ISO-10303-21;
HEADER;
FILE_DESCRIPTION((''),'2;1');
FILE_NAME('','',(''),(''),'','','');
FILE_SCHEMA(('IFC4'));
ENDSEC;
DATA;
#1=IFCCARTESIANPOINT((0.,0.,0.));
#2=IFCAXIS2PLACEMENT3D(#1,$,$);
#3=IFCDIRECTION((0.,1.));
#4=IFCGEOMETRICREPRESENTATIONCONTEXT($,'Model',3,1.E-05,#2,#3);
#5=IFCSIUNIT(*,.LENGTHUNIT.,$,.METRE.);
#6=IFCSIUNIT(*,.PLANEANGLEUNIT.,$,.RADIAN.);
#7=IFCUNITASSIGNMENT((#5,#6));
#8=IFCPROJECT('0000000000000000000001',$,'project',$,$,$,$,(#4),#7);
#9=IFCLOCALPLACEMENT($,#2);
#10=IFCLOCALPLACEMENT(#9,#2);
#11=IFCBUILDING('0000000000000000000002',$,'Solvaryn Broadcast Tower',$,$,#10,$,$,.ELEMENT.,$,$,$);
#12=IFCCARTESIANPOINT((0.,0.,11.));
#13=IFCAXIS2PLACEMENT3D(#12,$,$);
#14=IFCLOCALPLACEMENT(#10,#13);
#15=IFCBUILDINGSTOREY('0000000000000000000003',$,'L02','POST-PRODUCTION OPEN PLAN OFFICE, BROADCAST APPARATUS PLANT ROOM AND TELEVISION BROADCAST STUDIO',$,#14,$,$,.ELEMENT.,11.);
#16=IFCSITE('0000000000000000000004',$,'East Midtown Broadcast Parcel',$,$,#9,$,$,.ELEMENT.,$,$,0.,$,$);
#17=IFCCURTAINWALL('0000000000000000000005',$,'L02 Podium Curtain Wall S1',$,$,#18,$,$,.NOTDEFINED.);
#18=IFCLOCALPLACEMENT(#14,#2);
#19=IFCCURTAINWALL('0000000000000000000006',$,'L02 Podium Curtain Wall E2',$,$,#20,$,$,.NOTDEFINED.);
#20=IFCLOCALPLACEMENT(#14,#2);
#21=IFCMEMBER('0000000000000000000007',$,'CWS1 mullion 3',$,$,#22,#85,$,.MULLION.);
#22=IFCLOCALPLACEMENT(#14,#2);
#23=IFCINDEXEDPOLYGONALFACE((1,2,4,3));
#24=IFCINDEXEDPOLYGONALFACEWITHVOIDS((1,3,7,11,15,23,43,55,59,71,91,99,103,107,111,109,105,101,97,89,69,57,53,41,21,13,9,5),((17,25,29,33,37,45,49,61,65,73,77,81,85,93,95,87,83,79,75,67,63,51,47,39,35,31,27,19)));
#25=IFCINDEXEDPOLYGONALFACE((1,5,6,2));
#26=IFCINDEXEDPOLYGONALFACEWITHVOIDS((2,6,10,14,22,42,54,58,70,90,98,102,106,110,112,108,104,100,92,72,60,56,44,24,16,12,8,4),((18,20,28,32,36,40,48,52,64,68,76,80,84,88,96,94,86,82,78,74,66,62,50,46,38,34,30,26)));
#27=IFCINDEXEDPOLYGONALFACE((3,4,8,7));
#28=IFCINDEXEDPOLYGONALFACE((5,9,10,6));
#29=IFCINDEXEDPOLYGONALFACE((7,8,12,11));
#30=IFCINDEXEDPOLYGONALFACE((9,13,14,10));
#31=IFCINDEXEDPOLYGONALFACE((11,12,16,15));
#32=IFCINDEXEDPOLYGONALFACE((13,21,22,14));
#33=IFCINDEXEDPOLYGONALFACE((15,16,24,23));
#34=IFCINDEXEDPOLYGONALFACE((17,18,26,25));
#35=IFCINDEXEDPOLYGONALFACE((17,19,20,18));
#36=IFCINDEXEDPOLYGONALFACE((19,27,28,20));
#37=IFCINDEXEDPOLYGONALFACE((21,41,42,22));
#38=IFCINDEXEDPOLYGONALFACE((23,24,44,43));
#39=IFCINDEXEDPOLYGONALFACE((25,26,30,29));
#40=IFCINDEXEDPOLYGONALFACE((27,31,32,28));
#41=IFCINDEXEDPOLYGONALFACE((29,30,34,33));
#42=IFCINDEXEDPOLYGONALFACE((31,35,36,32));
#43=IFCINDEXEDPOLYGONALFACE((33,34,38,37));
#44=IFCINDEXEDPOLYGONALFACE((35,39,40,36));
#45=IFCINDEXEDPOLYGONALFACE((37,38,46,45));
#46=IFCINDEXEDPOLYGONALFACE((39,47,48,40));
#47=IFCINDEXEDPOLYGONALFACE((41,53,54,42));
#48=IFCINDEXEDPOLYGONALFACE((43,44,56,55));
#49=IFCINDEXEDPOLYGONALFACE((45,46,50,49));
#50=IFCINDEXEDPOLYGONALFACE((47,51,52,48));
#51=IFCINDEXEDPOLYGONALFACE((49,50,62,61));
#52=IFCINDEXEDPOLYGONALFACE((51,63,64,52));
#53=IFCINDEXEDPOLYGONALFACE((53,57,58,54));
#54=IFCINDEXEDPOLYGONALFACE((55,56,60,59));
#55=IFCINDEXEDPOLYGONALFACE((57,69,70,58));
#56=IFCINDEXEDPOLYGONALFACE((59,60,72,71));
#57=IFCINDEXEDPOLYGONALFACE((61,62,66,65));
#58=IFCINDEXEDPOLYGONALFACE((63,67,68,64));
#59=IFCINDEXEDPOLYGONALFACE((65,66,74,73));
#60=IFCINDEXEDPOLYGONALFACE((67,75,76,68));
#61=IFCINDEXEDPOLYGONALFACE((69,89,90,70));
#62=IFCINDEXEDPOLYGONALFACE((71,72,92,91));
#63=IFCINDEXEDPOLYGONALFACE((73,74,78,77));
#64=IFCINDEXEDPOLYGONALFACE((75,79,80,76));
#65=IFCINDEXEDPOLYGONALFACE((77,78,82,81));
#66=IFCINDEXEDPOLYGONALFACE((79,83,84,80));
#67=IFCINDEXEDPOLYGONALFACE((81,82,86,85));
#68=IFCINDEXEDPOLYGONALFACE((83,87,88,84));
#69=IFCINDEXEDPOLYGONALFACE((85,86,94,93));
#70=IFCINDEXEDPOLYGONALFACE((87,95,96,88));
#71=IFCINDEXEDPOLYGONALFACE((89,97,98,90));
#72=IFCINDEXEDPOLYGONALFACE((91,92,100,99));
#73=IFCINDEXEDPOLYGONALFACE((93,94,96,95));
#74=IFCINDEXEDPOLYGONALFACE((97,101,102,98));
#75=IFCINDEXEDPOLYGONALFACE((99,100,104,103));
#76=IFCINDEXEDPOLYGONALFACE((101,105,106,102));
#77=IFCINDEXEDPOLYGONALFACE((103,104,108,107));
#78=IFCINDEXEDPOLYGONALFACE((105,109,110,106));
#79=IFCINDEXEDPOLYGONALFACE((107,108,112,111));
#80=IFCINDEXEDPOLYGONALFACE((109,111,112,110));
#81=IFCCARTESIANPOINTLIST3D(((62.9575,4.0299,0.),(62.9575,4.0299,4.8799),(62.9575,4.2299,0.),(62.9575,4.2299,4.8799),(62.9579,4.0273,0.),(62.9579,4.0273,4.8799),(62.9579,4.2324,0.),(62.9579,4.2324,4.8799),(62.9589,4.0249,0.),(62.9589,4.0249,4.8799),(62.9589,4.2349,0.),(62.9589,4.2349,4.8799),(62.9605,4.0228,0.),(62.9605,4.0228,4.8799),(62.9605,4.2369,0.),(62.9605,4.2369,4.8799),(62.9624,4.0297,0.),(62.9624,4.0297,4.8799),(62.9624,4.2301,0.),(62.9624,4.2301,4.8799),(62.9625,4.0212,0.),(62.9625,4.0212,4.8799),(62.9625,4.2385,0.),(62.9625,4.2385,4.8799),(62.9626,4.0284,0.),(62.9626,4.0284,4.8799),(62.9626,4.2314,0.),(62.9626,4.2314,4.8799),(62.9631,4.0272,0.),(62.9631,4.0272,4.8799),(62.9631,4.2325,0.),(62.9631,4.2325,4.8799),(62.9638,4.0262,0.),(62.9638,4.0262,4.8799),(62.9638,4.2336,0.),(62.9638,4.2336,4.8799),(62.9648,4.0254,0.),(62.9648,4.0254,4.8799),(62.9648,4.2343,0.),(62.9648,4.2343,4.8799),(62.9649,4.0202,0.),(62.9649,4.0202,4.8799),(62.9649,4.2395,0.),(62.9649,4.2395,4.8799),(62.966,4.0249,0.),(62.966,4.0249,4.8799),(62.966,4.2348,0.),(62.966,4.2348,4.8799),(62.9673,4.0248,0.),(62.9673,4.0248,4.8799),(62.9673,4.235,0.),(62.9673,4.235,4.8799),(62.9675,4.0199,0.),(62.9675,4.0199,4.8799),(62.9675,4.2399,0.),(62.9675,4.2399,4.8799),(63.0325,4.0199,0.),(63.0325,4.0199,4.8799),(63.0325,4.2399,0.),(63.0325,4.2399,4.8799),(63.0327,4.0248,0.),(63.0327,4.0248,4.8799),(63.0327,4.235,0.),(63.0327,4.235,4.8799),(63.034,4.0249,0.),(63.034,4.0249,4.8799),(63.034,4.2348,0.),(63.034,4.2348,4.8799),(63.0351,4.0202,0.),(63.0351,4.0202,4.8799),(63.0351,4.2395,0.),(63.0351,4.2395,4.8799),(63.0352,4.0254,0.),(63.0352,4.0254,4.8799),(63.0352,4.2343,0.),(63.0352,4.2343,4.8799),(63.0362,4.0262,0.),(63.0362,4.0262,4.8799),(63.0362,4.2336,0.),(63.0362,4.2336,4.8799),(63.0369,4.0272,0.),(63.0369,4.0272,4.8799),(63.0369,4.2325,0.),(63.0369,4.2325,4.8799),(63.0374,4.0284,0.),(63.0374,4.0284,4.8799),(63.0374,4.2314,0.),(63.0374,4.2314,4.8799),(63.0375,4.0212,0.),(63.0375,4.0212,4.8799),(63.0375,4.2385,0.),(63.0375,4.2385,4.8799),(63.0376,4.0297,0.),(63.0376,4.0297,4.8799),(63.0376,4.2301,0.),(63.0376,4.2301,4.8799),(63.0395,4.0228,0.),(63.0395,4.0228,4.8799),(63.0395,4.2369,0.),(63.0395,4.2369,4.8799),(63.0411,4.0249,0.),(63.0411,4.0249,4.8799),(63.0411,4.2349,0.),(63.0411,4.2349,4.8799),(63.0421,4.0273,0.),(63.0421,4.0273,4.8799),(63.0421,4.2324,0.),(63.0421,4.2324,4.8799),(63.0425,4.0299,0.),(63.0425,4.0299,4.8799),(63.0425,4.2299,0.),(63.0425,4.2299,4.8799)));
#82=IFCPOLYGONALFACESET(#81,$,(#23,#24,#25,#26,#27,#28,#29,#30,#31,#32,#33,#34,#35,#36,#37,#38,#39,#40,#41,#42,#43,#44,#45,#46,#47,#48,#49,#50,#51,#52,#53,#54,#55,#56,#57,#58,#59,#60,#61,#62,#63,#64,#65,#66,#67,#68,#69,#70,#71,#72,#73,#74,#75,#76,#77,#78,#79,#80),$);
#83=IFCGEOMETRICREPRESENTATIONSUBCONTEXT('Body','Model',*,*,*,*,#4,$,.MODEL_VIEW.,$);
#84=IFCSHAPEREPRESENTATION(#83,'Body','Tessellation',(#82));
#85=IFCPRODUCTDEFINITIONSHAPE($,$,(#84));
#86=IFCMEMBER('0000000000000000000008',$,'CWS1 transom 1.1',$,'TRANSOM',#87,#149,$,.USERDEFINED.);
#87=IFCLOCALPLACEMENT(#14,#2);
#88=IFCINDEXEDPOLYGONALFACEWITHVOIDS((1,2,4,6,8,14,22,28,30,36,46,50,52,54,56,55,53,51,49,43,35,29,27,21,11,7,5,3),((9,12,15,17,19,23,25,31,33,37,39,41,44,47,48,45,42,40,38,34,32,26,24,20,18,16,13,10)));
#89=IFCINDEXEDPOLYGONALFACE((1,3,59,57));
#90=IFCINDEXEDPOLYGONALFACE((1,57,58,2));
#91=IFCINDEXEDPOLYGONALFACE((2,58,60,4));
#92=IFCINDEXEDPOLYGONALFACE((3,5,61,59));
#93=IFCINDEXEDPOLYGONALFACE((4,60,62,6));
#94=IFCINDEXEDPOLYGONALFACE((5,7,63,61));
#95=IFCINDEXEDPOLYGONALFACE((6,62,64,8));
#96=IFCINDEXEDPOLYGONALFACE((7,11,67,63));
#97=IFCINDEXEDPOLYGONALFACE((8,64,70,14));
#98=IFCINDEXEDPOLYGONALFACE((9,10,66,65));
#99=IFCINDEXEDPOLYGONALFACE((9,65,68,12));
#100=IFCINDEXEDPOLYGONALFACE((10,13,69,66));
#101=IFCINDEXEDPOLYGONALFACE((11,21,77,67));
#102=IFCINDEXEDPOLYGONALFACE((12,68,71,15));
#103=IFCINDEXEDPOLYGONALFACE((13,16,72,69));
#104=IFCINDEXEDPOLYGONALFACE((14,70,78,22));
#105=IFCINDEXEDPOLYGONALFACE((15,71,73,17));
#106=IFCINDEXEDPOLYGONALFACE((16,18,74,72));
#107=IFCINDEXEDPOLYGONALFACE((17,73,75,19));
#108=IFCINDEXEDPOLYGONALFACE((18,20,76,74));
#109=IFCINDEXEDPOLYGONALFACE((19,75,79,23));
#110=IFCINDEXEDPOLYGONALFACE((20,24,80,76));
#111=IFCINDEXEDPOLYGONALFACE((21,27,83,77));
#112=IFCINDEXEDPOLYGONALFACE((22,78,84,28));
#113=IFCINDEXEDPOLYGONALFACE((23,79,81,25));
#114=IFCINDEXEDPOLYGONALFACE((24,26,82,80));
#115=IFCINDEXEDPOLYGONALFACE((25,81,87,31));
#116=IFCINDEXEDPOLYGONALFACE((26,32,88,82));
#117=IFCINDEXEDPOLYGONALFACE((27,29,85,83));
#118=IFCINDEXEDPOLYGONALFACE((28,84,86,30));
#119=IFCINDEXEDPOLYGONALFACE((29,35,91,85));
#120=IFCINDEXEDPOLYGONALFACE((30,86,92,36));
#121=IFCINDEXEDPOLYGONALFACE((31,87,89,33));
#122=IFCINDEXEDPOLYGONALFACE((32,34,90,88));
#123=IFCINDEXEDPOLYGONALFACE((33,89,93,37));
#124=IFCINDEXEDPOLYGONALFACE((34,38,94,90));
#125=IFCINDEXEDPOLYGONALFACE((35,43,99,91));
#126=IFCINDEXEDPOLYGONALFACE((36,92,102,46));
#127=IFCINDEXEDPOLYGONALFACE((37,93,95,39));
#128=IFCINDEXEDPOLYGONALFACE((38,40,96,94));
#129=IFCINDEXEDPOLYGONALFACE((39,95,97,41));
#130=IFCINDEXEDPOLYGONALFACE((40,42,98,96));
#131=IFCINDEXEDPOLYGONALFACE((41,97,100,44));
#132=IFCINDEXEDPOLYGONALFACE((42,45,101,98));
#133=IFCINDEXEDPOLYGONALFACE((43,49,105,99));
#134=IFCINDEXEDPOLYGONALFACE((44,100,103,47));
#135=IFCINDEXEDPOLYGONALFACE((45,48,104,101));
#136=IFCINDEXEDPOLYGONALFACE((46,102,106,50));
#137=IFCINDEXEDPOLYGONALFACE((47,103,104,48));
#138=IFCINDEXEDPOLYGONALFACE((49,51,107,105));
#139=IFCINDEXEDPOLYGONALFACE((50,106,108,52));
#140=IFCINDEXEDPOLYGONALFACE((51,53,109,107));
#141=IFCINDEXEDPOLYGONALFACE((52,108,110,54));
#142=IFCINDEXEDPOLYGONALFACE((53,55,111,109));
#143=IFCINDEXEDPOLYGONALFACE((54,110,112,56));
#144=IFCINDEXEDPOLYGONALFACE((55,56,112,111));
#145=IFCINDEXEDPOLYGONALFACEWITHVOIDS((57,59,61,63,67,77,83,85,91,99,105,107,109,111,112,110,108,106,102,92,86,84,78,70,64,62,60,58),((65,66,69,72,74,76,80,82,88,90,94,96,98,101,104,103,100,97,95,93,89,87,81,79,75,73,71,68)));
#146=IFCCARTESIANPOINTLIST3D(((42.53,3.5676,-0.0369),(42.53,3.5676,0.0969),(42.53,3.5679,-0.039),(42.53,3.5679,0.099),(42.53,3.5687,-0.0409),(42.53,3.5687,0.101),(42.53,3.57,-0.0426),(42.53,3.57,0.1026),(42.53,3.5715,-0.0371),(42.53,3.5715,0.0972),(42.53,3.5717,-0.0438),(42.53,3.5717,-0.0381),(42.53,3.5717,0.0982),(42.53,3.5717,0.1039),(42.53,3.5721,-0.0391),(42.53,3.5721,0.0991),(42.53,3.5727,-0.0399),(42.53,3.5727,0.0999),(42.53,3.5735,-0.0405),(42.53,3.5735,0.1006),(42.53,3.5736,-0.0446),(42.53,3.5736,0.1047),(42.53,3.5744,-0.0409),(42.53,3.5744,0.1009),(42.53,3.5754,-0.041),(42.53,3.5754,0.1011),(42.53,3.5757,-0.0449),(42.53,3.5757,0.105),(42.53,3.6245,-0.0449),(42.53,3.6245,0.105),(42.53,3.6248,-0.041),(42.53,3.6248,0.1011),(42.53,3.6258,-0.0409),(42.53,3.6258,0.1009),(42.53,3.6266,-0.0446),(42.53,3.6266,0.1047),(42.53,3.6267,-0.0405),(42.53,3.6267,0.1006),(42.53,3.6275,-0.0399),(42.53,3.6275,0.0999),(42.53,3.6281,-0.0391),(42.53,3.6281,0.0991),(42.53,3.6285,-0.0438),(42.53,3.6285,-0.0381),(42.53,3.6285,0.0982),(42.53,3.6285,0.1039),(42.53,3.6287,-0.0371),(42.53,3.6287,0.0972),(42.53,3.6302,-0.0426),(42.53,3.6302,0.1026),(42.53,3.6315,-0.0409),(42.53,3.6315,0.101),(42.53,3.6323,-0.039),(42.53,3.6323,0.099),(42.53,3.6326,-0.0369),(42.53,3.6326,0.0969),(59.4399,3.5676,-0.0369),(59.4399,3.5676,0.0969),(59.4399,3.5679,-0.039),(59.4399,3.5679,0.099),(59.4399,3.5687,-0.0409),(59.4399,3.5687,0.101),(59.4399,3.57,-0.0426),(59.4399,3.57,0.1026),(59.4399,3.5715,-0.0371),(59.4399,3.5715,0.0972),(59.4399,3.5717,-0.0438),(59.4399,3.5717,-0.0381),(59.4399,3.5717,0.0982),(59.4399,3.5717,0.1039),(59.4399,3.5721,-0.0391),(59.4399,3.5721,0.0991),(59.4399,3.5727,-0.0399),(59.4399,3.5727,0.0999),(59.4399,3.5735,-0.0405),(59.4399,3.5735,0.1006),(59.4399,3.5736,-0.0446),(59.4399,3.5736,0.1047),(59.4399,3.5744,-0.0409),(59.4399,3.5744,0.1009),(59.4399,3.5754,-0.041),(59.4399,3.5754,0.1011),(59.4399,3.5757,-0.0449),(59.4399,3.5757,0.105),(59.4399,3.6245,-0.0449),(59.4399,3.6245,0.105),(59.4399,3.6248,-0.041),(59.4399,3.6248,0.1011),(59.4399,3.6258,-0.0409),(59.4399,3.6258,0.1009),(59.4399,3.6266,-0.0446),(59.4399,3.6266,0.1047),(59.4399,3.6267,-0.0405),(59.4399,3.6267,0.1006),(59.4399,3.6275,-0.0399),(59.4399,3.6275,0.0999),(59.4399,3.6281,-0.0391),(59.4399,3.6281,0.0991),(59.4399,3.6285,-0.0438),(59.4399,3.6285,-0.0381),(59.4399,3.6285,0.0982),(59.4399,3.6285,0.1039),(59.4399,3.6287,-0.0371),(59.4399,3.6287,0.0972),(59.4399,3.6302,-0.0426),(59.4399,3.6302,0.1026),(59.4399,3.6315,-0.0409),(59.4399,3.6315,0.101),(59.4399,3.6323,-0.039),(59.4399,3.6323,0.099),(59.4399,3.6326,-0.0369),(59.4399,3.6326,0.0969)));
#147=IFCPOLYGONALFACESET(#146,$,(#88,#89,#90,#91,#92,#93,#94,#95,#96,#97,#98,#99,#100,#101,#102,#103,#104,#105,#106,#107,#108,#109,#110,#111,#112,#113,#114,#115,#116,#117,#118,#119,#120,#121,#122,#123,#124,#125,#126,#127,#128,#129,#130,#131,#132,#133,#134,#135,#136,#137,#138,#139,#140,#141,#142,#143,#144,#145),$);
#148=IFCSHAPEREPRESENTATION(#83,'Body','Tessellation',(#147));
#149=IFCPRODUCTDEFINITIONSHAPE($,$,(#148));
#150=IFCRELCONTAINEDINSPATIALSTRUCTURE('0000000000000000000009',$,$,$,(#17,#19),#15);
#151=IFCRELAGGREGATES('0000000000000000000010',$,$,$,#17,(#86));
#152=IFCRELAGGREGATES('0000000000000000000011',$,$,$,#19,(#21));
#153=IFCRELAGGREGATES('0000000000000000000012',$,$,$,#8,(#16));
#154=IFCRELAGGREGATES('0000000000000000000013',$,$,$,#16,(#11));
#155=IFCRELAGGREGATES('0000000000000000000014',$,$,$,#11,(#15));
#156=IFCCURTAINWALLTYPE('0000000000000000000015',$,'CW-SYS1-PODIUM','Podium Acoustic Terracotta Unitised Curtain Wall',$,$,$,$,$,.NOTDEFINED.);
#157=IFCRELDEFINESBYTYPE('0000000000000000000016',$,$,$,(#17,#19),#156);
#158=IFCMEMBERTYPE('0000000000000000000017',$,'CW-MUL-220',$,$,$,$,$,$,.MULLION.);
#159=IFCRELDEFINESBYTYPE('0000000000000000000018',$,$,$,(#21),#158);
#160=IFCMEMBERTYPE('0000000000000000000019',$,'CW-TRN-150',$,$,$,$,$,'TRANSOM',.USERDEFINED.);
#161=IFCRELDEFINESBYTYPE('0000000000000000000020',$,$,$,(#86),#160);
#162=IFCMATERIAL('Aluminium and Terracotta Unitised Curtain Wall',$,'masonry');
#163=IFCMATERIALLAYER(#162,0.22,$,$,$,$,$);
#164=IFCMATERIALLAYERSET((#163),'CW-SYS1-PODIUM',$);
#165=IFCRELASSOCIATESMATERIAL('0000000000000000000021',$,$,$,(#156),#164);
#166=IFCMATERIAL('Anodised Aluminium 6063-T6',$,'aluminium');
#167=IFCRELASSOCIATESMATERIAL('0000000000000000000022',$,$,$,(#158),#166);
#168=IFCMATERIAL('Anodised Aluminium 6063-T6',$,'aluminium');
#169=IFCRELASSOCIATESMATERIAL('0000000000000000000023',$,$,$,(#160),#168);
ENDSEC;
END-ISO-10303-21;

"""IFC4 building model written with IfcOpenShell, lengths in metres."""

from ifc_helpers import new_model, si_unit, direction, frame, origin, origin_2d, place, context, subcontext, project, spatial, hollow_rectangle, extrude, material, layer, layer_set, material_profile, profile_set, type_object, element, aggregate, save


model = new_model("IFC4")

# Units and contexts
model_context = context("Model", 3, precision=1e-05, world=origin(), true_north=direction((0.0, 1.0)))
body_context = subcontext(model_context, "Body", "Model", "MODEL_VIEW")
ifc_project = project(units=[si_unit("LENGTHUNIT", "METRE"), si_unit("PLANEANGLEUNIT", "RADIAN")], contexts=[model_context])

# Site, building, storey
site_placement = place(None, origin())
site = spatial("IfcSite", under=ifc_project, at=site_placement, Name="East Midtown Broadcast Parcel", CompositionType="ELEMENT", RefElevation=0.0)
building_placement = place(site_placement, origin())
building = spatial("IfcBuilding", under=site, at=building_placement, Name="Solvaryn Broadcast Tower", CompositionType="ELEMENT")
storey_placement = place(building_placement, frame((0.0, 0.0, 11.0)))
storey = spatial("IfcBuildingStorey", under=building, at=storey_placement, Name="L02", Description="POST-PRODUCTION OPEN PLAN OFFICE, BROADCAST APPARATUS PLANT ROOM AND TELEVISION BROADCAST STUDIO", CompositionType="ELEMENT", Elevation=11.0)

# Curtain wall
ifc_material_1 = material(Name="Aluminium and Terracotta Unitised Curtain Wall", Category="masonry")
ifc_layer_1 = layer(ifc_material_1, 0.22)
ifc_layer_set_1 = layer_set([ifc_layer_1], Name="CW-SYS1-PODIUM")
curtain_wall_type = type_object("IfcCurtainWallType", Name="CW-SYS1-PODIUM", Description="Podium Acoustic Terracotta Unitised Curtain Wall", PredefinedType="NOTDEFINED", material=ifc_layer_set_1)
curtain_wall_1_placement = place(storey_placement, origin())
curtain_wall_1 = element("IfcCurtainWall", 1, at=curtain_wall_1_placement, inside=storey, type_object=curtain_wall_type, Name="L02 Podium Curtain Wall S1", PredefinedType="NOTDEFINED")
ifc_material_2 = material(Name="Anodised Aluminium 6063-T6", Category="aluminium")
ifc_material_profile_1 = material_profile(ifc_material_2, hollow_rectangle(XDim=0.085, YDim=0.22, WallThickness=0.0049, InnerFilletRadius=0.0049, OuterFilletRadius=0.01, at=origin_2d()))
ifc_profile_set_1 = profile_set([ifc_material_profile_1], Name="Anodised Aluminium 6063-T6")
member_type_1 = type_object("IfcMemberType", Name="CW-MUL-220", PredefinedType="MULLION", material=ifc_profile_set_1)

# Curtain wall, member
curtain_wall_2_placement = place(storey_placement, origin())
curtain_wall_2 = element("IfcCurtainWall", 2, at=curtain_wall_2_placement, inside=storey, type_object=curtain_wall_type, Name="L02 Podium Curtain Wall E2", PredefinedType="NOTDEFINED")
member_1_placement = place(storey_placement, frame((63.0, 4.1299, 0.0), z_axis=(0.0, 0.0, 1.0), x_axis=(1.0, 0.0, 0.0)))
member_1 = element("IfcMember", 3, at=member_1_placement, type_object=member_type_1, Name="CWS1 mullion 3", PredefinedType="MULLION", context=body_context, shape_type="SweptSolid", body=[
    extrude(hollow_rectangle(XDim=0.085, YDim=0.22, WallThickness=0.0049, InnerFilletRadius=0.0049, OuterFilletRadius=0.01, at=origin_2d()), origin(), (0.0, 0.0, 1.0), 4.8799),
])

# Member
ifc_material_3 = material(Name="Anodised Aluminium 6063-T6", Category="aluminium")
ifc_material_profile_2 = material_profile(ifc_material_3, hollow_rectangle(XDim=0.0649, YDim=0.1499, WallThickness=0.0039, InnerFilletRadius=0.0039, OuterFilletRadius=0.0081, at=origin_2d()))
ifc_profile_set_2 = profile_set([ifc_material_profile_2], Name="Anodised Aluminium 6063-T6")
member_type_2 = type_object("IfcMemberType", Name="CW-TRN-150", ElementType="TRANSOM", PredefinedType="USERDEFINED", material=ifc_profile_set_2)
member_2_placement = place(storey_placement, frame((59.4399, 3.6001, 0.03), z_axis=(-1.0, 0.0, 0.0), x_axis=(0.0, -1.0, 0.0)))
member_2 = element("IfcMember", 4, at=member_2_placement, type_object=member_type_2, Name="CWS1 transom 1.1", ObjectType="TRANSOM", PredefinedType="USERDEFINED", context=body_context, shape_type="SweptSolid", body=[
    extrude(hollow_rectangle(XDim=0.0649, YDim=0.1499, WallThickness=0.0039, InnerFilletRadius=0.0039, OuterFilletRadius=0.0081, at=origin_2d()), origin(), (0.0, 0.0, 1.0), 16.9099),
])
aggregate(curtain_wall_1, [member_2])

aggregate(curtain_wall_2, [member_1])

save(model, "model.ifc")
